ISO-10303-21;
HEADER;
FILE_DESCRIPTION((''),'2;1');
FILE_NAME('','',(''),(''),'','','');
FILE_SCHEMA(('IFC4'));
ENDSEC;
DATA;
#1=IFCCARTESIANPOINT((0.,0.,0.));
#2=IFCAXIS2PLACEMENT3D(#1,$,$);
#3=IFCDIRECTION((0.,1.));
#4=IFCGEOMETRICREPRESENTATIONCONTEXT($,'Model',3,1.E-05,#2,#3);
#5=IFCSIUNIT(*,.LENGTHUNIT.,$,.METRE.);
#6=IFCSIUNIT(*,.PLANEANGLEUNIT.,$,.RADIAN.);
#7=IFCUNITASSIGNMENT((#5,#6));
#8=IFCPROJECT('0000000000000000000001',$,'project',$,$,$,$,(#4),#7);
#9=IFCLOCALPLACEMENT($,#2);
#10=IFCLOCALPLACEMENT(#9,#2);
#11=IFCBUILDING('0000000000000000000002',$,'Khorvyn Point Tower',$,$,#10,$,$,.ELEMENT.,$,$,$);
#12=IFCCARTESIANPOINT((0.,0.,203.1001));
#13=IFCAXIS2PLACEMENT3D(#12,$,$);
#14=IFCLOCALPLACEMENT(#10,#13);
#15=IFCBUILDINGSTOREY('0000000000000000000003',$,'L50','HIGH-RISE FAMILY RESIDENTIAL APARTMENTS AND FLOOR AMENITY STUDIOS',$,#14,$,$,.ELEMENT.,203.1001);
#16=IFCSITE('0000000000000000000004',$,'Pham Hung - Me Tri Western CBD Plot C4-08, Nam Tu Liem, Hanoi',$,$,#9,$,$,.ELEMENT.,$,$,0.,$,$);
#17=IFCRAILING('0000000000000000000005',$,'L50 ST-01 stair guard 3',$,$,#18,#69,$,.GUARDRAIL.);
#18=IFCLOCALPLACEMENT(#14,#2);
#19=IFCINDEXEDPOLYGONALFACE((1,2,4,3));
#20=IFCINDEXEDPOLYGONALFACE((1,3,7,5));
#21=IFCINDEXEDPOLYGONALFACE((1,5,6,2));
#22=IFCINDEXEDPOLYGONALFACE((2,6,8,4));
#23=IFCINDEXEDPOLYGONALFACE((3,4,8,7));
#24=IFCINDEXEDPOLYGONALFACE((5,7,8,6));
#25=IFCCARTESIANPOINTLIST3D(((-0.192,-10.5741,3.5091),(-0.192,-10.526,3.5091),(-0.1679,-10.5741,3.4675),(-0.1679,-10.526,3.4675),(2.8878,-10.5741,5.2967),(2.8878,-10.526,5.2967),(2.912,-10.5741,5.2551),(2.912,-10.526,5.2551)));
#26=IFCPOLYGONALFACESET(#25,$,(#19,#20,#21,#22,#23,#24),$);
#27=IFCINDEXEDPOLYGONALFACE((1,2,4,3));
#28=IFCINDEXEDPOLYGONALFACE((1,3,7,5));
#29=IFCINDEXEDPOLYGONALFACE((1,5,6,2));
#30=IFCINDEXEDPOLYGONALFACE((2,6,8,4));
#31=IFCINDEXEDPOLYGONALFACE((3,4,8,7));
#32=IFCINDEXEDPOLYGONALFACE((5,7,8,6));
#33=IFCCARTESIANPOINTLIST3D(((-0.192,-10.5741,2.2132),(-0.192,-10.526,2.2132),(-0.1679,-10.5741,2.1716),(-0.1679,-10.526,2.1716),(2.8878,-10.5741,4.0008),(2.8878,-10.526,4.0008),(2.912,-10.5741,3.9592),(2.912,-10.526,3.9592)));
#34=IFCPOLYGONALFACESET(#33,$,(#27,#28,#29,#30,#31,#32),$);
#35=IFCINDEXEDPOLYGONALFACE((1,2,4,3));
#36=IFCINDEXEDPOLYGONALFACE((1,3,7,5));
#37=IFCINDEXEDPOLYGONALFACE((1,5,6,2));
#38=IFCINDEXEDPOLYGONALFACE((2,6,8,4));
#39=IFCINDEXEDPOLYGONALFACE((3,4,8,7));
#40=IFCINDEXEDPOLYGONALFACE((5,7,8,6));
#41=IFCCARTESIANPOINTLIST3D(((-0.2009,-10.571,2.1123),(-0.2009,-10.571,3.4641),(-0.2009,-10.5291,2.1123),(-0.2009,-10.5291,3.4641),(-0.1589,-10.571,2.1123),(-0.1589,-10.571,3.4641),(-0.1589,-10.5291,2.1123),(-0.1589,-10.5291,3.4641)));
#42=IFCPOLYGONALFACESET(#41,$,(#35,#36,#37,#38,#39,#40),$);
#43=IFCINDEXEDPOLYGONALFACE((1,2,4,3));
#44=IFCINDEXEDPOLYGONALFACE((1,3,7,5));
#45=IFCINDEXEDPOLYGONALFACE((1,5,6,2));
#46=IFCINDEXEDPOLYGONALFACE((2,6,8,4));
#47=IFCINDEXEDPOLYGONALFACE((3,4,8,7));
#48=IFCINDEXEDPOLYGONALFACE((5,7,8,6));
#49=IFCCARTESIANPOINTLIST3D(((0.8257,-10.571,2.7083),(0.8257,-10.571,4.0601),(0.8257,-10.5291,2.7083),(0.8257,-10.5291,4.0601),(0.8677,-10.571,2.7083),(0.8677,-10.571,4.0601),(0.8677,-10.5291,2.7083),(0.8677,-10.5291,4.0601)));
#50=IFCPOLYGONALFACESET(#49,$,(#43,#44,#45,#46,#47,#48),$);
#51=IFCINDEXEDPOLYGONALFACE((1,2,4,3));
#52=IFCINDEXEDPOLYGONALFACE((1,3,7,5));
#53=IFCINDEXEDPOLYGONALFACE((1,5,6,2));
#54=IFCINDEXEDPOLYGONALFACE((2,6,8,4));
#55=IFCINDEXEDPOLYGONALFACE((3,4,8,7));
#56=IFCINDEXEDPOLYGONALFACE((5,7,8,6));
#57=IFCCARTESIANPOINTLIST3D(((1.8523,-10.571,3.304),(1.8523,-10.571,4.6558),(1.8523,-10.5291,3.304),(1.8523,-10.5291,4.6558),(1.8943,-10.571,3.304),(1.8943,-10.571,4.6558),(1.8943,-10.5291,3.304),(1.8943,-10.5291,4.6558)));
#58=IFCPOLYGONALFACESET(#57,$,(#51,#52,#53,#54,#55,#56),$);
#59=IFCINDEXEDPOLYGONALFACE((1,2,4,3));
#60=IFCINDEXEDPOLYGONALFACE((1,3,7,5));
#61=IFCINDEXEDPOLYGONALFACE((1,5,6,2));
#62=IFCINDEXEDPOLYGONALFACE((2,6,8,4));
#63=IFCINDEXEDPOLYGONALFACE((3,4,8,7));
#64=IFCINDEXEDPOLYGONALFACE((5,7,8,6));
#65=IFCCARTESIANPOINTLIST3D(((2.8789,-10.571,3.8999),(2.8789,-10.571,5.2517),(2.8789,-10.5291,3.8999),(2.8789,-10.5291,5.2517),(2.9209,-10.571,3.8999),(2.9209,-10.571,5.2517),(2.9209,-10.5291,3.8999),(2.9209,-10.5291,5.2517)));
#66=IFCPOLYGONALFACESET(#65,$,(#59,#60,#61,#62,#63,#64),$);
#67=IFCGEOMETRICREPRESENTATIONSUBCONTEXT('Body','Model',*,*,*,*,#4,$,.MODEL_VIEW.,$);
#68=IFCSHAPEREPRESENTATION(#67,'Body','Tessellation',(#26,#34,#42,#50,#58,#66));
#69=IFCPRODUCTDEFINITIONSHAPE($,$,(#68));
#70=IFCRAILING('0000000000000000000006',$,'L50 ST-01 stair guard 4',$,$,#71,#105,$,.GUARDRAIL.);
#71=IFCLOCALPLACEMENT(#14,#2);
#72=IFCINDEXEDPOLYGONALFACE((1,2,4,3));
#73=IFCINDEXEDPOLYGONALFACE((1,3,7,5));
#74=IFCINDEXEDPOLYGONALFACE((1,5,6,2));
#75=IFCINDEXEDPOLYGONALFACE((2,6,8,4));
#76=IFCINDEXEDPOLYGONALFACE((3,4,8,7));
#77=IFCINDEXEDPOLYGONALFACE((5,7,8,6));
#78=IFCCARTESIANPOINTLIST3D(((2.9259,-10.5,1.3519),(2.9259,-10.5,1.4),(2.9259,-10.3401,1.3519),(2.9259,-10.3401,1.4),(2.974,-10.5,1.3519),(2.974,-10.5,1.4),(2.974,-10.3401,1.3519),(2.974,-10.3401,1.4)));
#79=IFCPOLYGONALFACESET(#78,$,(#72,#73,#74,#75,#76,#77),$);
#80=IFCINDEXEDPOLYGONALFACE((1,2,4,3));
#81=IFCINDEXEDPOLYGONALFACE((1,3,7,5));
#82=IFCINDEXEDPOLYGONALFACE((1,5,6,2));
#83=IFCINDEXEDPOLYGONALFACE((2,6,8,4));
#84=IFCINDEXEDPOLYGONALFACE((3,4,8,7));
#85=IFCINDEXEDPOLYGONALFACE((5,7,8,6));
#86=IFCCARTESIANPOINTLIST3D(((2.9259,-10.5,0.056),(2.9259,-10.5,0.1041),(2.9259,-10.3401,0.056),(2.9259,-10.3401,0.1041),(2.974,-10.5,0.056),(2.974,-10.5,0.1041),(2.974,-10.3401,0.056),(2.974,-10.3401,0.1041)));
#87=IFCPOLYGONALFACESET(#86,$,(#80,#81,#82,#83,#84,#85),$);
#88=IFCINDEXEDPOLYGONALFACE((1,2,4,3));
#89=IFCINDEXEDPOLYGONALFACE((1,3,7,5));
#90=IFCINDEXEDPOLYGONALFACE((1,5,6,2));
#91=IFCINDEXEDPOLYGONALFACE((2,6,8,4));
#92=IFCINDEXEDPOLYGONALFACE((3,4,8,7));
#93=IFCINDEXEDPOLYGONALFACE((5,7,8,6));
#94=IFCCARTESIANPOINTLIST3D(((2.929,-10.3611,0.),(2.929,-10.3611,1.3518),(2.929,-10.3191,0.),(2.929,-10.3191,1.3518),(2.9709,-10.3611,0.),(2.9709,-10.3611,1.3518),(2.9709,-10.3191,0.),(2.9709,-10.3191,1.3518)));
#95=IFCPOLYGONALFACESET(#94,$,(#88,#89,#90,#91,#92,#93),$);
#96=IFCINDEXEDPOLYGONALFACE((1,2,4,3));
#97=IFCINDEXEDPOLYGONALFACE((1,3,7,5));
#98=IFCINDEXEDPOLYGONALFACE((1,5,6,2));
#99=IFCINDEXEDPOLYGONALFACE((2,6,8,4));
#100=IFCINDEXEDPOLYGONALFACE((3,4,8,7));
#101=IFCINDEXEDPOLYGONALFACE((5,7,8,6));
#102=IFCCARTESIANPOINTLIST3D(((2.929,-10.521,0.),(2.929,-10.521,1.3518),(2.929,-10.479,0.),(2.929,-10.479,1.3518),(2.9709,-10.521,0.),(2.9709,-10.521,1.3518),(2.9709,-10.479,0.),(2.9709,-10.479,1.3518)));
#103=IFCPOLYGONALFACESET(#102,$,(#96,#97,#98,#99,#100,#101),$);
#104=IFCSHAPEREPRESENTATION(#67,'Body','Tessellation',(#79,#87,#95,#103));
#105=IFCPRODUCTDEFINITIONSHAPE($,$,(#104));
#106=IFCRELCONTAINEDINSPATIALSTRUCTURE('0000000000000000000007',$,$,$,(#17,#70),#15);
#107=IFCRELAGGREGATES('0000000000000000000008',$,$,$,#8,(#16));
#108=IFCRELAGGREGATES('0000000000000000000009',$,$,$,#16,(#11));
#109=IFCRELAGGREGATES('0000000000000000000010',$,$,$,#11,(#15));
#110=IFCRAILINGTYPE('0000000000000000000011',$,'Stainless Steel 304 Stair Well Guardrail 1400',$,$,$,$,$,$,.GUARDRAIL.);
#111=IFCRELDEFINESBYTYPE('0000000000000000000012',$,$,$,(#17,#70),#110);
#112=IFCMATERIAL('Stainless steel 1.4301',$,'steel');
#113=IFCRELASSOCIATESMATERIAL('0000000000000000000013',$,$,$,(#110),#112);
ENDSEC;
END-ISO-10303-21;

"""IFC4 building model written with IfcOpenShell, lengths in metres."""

from ifc_helpers import new_model, si_unit, direction, frame, origin, origin_2d, place, context, subcontext, project, spatial, rectangle, extrude, material, type_object, element, save


model = new_model("IFC4")

# Units and contexts
model_context = context("Model", 3, precision=1e-05, world=origin(), true_north=direction((0.0, 1.0)))
body_context = subcontext(model_context, "Body", "Model", "MODEL_VIEW")
ifc_project = project(units=[si_unit("LENGTHUNIT", "METRE"), si_unit("PLANEANGLEUNIT", "RADIAN")], contexts=[model_context])

# Site, building, storey
site_placement = place(None, origin())
site = spatial("IfcSite", under=ifc_project, at=site_placement, Name="Pham Hung - Me Tri Western CBD Plot C4-08, Nam Tu Liem, Hanoi", CompositionType="ELEMENT", RefElevation=0.0)
building_placement = place(site_placement, origin())
building = spatial("IfcBuilding", under=site, at=building_placement, Name="Khorvyn Point Tower", CompositionType="ELEMENT")
storey_placement = place(building_placement, frame((0.0, 0.0, 203.1001)))
storey = spatial("IfcBuildingStorey", under=building, at=storey_placement, Name="L50", Description="HIGH-RISE FAMILY RESIDENTIAL APARTMENTS AND FLOOR AMENITY STUDIOS", CompositionType="ELEMENT", Elevation=203.1001)

# Shared definitions
ifc_material_1 = material(Name="Stainless steel 1.4301", Category="steel")

# Railings
railing_type_1 = type_object("IfcRailingType", Name="Stainless Steel 304 Stair Well Guardrail 1400", PredefinedType="GUARDRAIL", material=ifc_material_1)
railing_1_placement = place(storey_placement, frame((-0.1799, -10.55, 2.1123)))
element("IfcRailing", 1, at=railing_1_placement, inside=storey, type_object=railing_type_1, Name="L50 ST-01 stair guard 3", PredefinedType="GUARDRAIL", context=body_context, shape_type="SweptSolid", body=[
    extrude(rectangle(XDim=0.0481, YDim=0.0481, at=origin_2d()), frame((0.0, 0.0, 1.376), z_axis=(0.864873, 0.0, 0.50199), x_axis=(0.0, 1.0, 0.0)), (0.0, 0.0, 1.0), 3.561),
    extrude(rectangle(XDim=0.0481, YDim=0.0481, at=origin_2d()), frame((0.0, 0.0, 0.0801), z_axis=(0.864873, 0.0, 0.50199), x_axis=(0.0, 1.0, 0.0)), (0.0, 0.0, 1.0), 3.561),
    extrude(rectangle(XDim=0.042, YDim=0.042, at=origin_2d()), origin(), (0.0, 0.0, 1.0), 1.3518),
    extrude(rectangle(XDim=0.042, YDim=0.042, at=origin_2d()), frame((1.0266, 0.0, 0.5959)), (0.0, 0.0, 1.0), 1.3518),
    extrude(rectangle(XDim=0.042, YDim=0.042, at=origin_2d()), frame((2.0532, 0.0, 1.1917)), (0.0, 0.0, 1.0), 1.3518),
    extrude(rectangle(XDim=0.042, YDim=0.042, at=origin_2d()), frame((3.0798, 0.0, 1.7876)), (0.0, 0.0, 1.0), 1.3518),
])
railing_2_placement = place(storey_placement, frame((2.95, -10.3401, 0.0)))
element("IfcRailing", 2, at=railing_2_placement, inside=storey, type_object=railing_type_1, Name="L50 ST-01 stair guard 4", PredefinedType="GUARDRAIL", context=body_context, shape_type="SweptSolid", body=[
    extrude(rectangle(XDim=0.0481, YDim=0.0481, at=origin_2d()), frame((0.0, 0.0, 1.376), z_axis=(0.0, -1.0, 0.0), x_axis=(1.0, 0.0, 0.0)), (0.0, 0.0, 1.0), 0.1599),
    extrude(rectangle(XDim=0.0481, YDim=0.0481, at=origin_2d()), frame((0.0, 0.0, 0.0801), z_axis=(0.0, -1.0, 0.0), x_axis=(1.0, 0.0, 0.0)), (0.0, 0.0, 1.0), 0.1599),
    extrude(rectangle(XDim=0.042, YDim=0.042, at=origin_2d()), origin(), (0.0, 0.0, 1.0), 1.3518),
    extrude(rectangle(XDim=0.042, YDim=0.042, at=origin_2d()), frame((0.0, -0.1599, 0.0)), (0.0, 0.0, 1.0), 1.3518),
])

save(model, "model.ifc")
